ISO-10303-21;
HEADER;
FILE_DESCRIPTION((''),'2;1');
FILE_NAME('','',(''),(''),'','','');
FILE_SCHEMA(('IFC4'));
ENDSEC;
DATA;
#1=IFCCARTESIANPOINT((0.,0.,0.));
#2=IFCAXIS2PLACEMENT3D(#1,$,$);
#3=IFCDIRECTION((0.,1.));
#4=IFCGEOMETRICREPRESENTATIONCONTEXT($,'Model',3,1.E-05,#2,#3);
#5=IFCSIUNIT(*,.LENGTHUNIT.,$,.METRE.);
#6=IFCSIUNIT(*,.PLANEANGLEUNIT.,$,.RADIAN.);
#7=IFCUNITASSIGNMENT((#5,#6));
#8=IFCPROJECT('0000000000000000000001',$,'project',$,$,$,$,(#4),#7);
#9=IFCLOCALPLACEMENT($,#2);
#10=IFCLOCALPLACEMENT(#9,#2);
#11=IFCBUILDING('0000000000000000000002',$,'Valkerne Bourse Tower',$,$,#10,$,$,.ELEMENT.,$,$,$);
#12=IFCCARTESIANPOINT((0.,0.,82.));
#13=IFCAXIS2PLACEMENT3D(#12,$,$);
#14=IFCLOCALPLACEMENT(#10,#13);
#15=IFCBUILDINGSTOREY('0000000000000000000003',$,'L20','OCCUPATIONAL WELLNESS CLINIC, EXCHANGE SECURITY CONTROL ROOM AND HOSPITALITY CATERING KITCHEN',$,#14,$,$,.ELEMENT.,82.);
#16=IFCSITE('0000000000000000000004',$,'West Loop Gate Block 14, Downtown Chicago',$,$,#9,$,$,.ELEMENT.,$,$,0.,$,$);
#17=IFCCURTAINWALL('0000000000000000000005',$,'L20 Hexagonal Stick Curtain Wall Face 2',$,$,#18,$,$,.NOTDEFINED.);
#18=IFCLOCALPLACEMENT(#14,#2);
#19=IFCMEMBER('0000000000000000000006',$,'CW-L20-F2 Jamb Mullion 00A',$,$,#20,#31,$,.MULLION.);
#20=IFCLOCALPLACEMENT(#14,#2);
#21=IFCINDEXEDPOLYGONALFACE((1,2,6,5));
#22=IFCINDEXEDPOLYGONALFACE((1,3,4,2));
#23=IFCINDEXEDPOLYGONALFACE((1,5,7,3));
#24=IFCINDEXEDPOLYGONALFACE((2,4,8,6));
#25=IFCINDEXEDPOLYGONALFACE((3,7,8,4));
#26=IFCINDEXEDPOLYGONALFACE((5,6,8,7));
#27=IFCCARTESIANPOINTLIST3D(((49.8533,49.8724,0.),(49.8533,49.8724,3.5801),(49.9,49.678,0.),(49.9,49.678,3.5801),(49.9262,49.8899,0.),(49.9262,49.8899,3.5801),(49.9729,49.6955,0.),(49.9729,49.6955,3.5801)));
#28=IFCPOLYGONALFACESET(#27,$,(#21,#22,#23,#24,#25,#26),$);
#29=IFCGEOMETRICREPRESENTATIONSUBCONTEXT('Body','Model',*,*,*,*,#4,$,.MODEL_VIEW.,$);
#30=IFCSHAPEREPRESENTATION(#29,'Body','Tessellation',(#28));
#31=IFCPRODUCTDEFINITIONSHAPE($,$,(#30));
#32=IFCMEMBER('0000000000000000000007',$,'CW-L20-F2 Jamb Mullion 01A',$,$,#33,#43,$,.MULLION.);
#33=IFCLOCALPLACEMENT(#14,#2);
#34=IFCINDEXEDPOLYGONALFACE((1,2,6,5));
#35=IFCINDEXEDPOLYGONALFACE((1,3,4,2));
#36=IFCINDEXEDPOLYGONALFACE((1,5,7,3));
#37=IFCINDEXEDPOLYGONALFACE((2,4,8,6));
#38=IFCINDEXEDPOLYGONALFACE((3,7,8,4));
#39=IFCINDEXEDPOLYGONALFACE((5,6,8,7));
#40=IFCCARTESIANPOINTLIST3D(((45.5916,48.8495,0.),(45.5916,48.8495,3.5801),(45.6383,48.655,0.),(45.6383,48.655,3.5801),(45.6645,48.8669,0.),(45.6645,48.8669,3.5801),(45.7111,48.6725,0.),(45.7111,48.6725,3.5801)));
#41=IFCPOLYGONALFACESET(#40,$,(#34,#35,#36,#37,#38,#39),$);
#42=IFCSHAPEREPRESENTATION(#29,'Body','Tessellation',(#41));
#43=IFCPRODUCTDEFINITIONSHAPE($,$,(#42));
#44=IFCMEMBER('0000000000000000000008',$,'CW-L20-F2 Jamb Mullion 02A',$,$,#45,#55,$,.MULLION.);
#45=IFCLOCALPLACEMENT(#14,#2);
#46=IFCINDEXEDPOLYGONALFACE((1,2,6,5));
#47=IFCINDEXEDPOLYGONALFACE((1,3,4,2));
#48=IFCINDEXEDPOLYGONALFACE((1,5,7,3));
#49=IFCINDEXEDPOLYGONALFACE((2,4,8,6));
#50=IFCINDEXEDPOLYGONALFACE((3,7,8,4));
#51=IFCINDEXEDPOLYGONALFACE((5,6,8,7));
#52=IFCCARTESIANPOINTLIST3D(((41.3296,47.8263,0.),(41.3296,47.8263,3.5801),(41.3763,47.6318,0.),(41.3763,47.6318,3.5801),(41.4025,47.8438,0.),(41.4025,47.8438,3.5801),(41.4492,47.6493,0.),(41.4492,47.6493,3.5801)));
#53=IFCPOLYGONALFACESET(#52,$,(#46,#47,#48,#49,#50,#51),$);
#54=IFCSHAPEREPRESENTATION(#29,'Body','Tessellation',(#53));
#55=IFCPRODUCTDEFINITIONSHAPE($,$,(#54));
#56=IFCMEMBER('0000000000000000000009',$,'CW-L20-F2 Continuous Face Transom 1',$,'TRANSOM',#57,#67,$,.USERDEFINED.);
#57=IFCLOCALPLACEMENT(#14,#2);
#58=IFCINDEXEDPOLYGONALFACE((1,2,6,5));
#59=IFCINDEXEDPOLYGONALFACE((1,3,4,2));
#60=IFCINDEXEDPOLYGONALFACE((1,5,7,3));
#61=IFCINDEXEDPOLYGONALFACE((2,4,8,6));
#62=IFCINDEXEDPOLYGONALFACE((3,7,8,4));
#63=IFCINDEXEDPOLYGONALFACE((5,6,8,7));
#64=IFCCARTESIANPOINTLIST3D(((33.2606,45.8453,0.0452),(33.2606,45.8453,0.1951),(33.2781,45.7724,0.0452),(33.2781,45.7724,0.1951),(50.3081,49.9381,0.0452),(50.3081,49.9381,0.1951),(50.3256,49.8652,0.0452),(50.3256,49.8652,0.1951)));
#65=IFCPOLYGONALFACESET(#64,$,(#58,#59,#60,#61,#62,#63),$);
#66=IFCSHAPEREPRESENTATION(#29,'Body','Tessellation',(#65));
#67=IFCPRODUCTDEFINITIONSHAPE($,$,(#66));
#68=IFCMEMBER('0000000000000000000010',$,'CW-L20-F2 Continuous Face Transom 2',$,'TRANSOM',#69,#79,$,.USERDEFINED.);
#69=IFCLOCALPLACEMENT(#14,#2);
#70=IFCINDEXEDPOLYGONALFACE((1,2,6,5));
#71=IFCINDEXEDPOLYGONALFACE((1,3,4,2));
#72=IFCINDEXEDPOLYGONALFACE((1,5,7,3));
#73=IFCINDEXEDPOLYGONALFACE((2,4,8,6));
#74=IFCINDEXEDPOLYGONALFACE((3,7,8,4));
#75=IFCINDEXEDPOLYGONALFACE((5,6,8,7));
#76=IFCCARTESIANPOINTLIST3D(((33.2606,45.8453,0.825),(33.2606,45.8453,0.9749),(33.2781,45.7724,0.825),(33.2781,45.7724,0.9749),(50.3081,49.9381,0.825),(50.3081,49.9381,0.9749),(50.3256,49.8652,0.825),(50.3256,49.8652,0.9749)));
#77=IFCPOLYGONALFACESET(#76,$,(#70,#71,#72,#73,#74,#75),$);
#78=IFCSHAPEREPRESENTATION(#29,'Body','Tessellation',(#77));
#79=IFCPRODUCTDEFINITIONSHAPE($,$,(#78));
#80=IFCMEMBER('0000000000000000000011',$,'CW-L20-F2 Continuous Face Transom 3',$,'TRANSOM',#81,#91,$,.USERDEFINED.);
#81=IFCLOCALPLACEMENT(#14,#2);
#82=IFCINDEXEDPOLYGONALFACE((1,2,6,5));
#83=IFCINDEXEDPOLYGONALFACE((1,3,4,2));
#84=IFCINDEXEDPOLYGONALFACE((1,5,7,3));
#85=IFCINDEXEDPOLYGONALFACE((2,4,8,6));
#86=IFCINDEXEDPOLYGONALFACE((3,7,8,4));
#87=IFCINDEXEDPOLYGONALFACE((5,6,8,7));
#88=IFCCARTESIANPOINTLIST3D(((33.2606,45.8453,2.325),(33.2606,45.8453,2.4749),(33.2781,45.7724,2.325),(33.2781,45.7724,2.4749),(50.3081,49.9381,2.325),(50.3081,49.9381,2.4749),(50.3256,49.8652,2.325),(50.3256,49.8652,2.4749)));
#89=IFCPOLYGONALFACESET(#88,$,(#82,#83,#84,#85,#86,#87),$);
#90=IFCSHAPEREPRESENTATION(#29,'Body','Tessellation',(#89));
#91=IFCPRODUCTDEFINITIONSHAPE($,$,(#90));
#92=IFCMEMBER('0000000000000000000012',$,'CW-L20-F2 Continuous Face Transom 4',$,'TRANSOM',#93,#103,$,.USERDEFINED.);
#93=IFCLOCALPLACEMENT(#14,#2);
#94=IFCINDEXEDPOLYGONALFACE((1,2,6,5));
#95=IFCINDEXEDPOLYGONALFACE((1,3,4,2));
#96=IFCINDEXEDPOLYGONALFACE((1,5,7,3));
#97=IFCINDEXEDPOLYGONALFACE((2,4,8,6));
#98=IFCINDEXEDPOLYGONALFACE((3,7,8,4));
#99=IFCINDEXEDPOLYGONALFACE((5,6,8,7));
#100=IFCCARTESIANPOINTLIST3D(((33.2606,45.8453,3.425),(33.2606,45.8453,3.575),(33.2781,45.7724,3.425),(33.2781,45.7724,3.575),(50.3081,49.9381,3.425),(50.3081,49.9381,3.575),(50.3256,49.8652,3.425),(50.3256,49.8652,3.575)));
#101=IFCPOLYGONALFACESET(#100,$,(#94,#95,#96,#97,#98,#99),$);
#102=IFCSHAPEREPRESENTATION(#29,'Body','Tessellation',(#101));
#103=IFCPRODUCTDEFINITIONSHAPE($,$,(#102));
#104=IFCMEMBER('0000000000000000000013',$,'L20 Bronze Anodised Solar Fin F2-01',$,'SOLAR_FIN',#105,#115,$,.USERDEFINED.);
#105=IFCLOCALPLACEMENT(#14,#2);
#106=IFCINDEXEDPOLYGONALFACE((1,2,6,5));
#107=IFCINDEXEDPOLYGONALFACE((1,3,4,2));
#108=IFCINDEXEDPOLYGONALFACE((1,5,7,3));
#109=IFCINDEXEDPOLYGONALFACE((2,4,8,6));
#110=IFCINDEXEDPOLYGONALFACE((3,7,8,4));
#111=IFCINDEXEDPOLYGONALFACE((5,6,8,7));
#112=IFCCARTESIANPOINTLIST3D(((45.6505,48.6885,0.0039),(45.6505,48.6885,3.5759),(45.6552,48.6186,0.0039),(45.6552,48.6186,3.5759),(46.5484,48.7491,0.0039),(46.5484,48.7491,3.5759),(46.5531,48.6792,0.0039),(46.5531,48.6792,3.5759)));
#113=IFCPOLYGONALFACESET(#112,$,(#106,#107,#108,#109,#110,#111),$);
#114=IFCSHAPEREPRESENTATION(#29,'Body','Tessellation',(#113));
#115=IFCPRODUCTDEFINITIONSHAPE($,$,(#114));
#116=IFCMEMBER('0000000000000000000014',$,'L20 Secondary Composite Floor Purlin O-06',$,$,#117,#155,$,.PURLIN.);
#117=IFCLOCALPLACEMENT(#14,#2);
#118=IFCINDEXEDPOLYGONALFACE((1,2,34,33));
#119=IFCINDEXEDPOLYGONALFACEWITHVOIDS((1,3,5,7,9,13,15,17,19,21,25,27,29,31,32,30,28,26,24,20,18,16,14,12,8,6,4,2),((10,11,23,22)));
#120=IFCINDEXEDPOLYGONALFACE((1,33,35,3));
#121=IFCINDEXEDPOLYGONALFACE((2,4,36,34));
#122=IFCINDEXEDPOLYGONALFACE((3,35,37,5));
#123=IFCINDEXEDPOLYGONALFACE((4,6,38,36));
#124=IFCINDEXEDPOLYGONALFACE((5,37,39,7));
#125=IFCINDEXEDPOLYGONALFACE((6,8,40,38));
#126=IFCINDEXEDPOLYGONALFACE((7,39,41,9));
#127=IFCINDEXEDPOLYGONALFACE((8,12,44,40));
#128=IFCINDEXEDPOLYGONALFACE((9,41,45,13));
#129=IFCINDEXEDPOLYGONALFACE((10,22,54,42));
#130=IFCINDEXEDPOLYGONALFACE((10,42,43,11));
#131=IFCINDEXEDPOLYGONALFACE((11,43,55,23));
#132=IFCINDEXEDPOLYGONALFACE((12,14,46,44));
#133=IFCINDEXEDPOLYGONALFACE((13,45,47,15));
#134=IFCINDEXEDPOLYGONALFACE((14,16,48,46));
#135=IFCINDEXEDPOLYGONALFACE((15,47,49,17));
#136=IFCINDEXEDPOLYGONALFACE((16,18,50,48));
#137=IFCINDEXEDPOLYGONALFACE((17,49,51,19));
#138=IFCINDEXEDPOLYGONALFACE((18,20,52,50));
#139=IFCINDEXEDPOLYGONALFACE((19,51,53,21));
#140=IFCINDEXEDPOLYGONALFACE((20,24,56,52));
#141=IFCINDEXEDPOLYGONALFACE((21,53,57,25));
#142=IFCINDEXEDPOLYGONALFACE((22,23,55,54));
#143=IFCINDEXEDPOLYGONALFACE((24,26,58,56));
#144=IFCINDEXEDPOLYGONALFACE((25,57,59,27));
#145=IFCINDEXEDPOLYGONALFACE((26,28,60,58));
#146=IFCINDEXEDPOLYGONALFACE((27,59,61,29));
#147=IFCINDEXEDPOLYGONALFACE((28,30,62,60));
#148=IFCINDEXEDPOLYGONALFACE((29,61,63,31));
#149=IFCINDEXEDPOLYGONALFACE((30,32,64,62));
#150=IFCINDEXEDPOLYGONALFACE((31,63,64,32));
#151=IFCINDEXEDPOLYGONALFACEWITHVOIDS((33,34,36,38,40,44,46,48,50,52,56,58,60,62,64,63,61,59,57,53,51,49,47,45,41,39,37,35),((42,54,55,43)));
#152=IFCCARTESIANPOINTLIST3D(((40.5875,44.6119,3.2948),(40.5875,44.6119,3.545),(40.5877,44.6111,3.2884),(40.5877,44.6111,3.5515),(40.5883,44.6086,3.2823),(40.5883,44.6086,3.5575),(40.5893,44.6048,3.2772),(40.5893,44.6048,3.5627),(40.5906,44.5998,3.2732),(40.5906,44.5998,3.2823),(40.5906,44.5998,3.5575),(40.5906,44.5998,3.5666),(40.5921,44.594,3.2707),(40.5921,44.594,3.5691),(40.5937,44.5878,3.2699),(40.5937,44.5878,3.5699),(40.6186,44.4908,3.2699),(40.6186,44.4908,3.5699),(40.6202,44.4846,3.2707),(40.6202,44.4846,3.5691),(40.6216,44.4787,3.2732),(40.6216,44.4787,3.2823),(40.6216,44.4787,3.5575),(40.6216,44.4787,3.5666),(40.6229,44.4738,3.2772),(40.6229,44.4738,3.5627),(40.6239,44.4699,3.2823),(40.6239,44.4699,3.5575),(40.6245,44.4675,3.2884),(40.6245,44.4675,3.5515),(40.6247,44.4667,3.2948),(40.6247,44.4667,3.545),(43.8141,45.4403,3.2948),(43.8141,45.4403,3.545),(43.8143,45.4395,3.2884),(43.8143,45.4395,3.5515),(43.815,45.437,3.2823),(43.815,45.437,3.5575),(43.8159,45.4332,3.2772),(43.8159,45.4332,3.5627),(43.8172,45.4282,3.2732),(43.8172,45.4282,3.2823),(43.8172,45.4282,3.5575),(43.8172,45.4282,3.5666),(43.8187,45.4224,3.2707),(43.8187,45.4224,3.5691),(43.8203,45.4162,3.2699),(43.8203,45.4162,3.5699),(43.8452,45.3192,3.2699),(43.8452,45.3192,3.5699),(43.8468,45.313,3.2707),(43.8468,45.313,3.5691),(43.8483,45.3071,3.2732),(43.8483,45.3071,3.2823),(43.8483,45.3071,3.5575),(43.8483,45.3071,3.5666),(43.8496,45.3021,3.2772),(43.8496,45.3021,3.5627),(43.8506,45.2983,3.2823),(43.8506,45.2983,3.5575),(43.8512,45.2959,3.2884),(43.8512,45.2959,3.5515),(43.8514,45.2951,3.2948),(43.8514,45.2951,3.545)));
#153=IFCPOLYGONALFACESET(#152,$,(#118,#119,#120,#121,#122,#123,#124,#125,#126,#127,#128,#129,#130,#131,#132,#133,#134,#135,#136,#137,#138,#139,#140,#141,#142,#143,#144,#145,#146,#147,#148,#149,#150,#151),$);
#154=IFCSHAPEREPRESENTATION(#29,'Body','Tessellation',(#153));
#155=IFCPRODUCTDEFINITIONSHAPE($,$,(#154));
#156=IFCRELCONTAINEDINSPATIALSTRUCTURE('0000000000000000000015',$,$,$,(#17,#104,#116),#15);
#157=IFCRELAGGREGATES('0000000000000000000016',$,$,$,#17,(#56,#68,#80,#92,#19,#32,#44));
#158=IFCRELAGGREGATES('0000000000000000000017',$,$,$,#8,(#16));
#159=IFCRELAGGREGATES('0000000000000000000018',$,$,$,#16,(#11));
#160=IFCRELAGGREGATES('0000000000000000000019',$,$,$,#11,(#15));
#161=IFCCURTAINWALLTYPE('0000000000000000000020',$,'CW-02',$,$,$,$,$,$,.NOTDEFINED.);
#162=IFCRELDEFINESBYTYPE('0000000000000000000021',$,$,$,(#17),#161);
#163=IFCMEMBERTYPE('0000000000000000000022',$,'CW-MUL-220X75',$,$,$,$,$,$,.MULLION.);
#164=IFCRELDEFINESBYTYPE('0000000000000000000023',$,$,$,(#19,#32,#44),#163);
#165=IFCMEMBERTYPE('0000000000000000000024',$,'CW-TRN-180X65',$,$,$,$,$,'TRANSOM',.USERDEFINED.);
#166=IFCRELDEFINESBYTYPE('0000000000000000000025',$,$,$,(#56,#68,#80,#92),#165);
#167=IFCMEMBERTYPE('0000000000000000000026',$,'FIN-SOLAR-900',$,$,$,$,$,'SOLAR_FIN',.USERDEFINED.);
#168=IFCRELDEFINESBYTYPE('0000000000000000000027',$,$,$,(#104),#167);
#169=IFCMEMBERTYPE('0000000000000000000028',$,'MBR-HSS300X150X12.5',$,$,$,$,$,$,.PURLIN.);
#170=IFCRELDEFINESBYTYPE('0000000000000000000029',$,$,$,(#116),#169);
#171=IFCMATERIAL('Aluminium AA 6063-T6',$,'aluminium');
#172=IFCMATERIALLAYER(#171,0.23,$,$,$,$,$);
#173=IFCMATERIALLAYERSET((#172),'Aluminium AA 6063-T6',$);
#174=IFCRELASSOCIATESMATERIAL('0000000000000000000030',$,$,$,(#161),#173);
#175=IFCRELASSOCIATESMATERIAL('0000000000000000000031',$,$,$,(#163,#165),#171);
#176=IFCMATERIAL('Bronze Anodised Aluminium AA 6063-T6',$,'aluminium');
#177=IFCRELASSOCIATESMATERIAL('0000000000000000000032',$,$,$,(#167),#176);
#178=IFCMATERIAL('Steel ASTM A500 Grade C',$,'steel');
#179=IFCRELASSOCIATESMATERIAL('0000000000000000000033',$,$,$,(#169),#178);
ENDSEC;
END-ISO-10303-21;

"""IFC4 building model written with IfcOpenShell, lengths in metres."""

from ifc_helpers import new_model, si_unit, direction, frame, origin, origin_2d, place, context, subcontext, project, spatial, rectangle, hollow_rectangle, extrude, material, layer, layer_set, material_profile, profile_set, type_object, element, aggregate, save


model = new_model("IFC4")

# Units and contexts
model_context = context("Model", 3, precision=1e-05, world=origin(), true_north=direction((0.0, 1.0)))
body_context = subcontext(model_context, "Body", "Model", "MODEL_VIEW")
ifc_project = project(units=[si_unit("LENGTHUNIT", "METRE"), si_unit("PLANEANGLEUNIT", "RADIAN")], contexts=[model_context])

# Site, building, storey
site_placement = place(None, origin())
site = spatial("IfcSite", under=ifc_project, at=site_placement, Name="West Loop Gate Block 14, Downtown Chicago", CompositionType="ELEMENT", RefElevation=0.0)
building_placement = place(site_placement, origin())
building = spatial("IfcBuilding", under=site, at=building_placement, Name="Valkerne Bourse Tower", CompositionType="ELEMENT")
storey_placement = place(building_placement, frame((0.0, 0.0, 82.0)))
storey = spatial("IfcBuildingStorey", under=building, at=storey_placement, Name="L20", Description="OCCUPATIONAL WELLNESS CLINIC, EXCHANGE SECURITY CONTROL ROOM AND HOSPITALITY CATERING KITCHEN", CompositionType="ELEMENT", Elevation=82.0)

# Curtain wall, members
ifc_material_1 = material(Name="Aluminium AA 6063-T6", Category="aluminium")
ifc_layer_1 = layer(ifc_material_1, 0.23)
ifc_layer_set_1 = layer_set([ifc_layer_1], Name="Aluminium AA 6063-T6")
curtain_wall_type = type_object("IfcCurtainWallType", Name="CW-02", PredefinedType="NOTDEFINED", material=ifc_layer_set_1)
curtain_wall_placement = place(storey_placement, origin())
curtain_wall = element("IfcCurtainWall", 1, at=curtain_wall_placement, inside=storey, type_object=curtain_wall_type, Name="L20 Hexagonal Stick Curtain Wall Face 2", PredefinedType="NOTDEFINED")
ifc_material_profile_1 = material_profile(ifc_material_1, rectangle(XDim=0.075, YDim=0.2, at=origin_2d()), Name="CWM-75X200")
ifc_profile_set_1 = profile_set([ifc_material_profile_1], Name="Aluminium AA 6063-T6")
member_type_1 = type_object("IfcMemberType", Name="CW-MUL-220X75", PredefinedType="MULLION", material=ifc_profile_set_1)
member_1_placement = place(storey_placement, frame((49.9131, 49.7839, 0.0), z_axis=(0.0, 0.0, 1.0), x_axis=(-0.972375, -0.233426, 0.0)))
member_1 = element("IfcMember", 2, at=member_1_placement, type_object=member_type_1, Name="CW-L20-F2 Jamb Mullion 00A", PredefinedType="MULLION", context=body_context, shape_type="SweptSolid", body=[
    extrude(rectangle(XDim=0.075, YDim=0.2, at=origin_2d()), origin(), (0.0, 0.0, 1.0), 3.5801),
])
member_2_placement = place(storey_placement, frame((45.6514, 48.761, 0.0), z_axis=(0.0, 0.0, 1.0), x_axis=(-0.972369, -0.233447, 0.0)))
member_2 = element("IfcMember", 3, at=member_2_placement, type_object=member_type_1, Name="CW-L20-F2 Jamb Mullion 01A", PredefinedType="MULLION", context=body_context, shape_type="SweptSolid", body=[
    extrude(rectangle(XDim=0.075, YDim=0.2, at=origin_2d()), origin(), (0.0, 0.0, 1.0), 3.5801),
])
member_3_placement = place(storey_placement, frame((41.3894, 47.7378, 0.0), z_axis=(0.0, 0.0, 1.0), x_axis=(-0.972369, -0.233447, 0.0)))
member_3 = element("IfcMember", 4, at=member_3_placement, type_object=member_type_1, Name="CW-L20-F2 Jamb Mullion 02A", PredefinedType="MULLION", context=body_context, shape_type="SweptSolid", body=[
    extrude(rectangle(XDim=0.075, YDim=0.2, at=origin_2d()), origin(), (0.0, 0.0, 1.0), 3.5801),
])
ifc_material_profile_2 = material_profile(ifc_material_1, rectangle(XDim=0.075, YDim=0.1499, at=origin_2d()), Name="CWT-75X150")
ifc_profile_set_2 = profile_set([ifc_material_profile_2], Name="Aluminium AA 6063-T6")
member_type_2 = type_object("IfcMemberType", Name="CW-TRN-180X65", ElementType="TRANSOM", PredefinedType="USERDEFINED", material=ifc_profile_set_2)
member_4_placement = place(storey_placement, frame((50.3169, 49.9016, 0.1201), z_axis=(-0.97237, -0.233446, 0.0), x_axis=(0.233446, -0.97237, 0.0)))
member_4 = element("IfcMember", 5, at=member_4_placement, type_object=member_type_2, Name="CW-L20-F2 Continuous Face Transom 1", ObjectType="TRANSOM", PredefinedType="USERDEFINED", context=body_context, shape_type="SweptSolid", body=[
    extrude(rectangle(XDim=0.075, YDim=0.1499, at=origin_2d()), origin(), (0.0, 0.0, 1.0), 17.532),
])
member_5_placement = place(storey_placement, frame((50.3169, 49.9016, 0.8999), z_axis=(-0.97237, -0.233446, 0.0), x_axis=(0.233446, -0.97237, 0.0)))
member_5 = element("IfcMember", 6, at=member_5_placement, type_object=member_type_2, Name="CW-L20-F2 Continuous Face Transom 2", ObjectType="TRANSOM", PredefinedType="USERDEFINED", context=body_context, shape_type="SweptSolid", body=[
    extrude(rectangle(XDim=0.075, YDim=0.1499, at=origin_2d()), origin(), (0.0, 0.0, 1.0), 17.532),
])
member_6_placement = place(storey_placement, frame((50.3169, 49.9016, 2.3999), z_axis=(-0.97237, -0.233446, 0.0), x_axis=(0.233446, -0.97237, 0.0)))
member_6 = element("IfcMember", 7, at=member_6_placement, type_object=member_type_2, Name="CW-L20-F2 Continuous Face Transom 3", ObjectType="TRANSOM", PredefinedType="USERDEFINED", context=body_context, shape_type="SweptSolid", body=[
    extrude(rectangle(XDim=0.075, YDim=0.1499, at=origin_2d()), origin(), (0.0, 0.0, 1.0), 17.532),
])
member_7_placement = place(storey_placement, frame((50.3169, 49.9016, 3.5), z_axis=(-0.97237, -0.233446, 0.0), x_axis=(0.233446, -0.97237, 0.0)))
member_7 = element("IfcMember", 8, at=member_7_placement, type_object=member_type_2, Name="CW-L20-F2 Continuous Face Transom 4", ObjectType="TRANSOM", PredefinedType="USERDEFINED", context=body_context, shape_type="SweptSolid", body=[
    extrude(rectangle(XDim=0.075, YDim=0.1499, at=origin_2d()), origin(), (0.0, 0.0, 1.0), 17.532),
])

# Members
ifc_material_2 = material(Name="Bronze Anodised Aluminium AA 6063-T6", Category="aluminium")
ifc_material_profile_3 = material_profile(ifc_material_2, rectangle(XDim=0.0701, YDim=0.8999, at=origin_2d()), Name="FIN-70X900")
ifc_profile_set_3 = profile_set([ifc_material_profile_3], Name="Bronze Anodised Aluminium AA 6063-T6")
member_type_3 = type_object("IfcMemberType", Name="FIN-SOLAR-900", ElementType="SOLAR_FIN", PredefinedType="USERDEFINED", material=ifc_profile_set_3)
member_8_placement = place(storey_placement, frame((46.1018, 48.6838, 0.0039), z_axis=(0.0, 0.0, 1.0), x_axis=(-0.067373, 0.997728, 0.0)))
element("IfcMember", 9, at=member_8_placement, inside=storey, type_object=member_type_3, Name="L20 Bronze Anodised Solar Fin F2-01", ObjectType="SOLAR_FIN", PredefinedType="USERDEFINED", context=body_context, shape_type="SweptSolid", body=[
    extrude(rectangle(XDim=0.0701, YDim=0.8999, at=origin_2d()), origin(), (0.0, 0.0, 1.0), 3.572),
])
ifc_material_3 = material(Name="Steel ASTM A500 Grade C", Category="steel")
ifc_material_profile_4 = material_profile(ifc_material_3, hollow_rectangle(XDim=0.1499, YDim=0.3, WallThickness=0.0125, OuterFilletRadius=0.0249, at=origin_2d()), Name="HSS300X150X12.5")
ifc_profile_set_4 = profile_set([ifc_material_profile_4], Name="Steel ASTM A500 Grade C")
member_type_4 = type_object("IfcMemberType", Name="MBR-HSS300X150X12.5", PredefinedType="PURLIN", material=ifc_profile_set_4)
member_9_placement = place(storey_placement, frame((43.8328, 45.3677, 3.4199), z_axis=(-0.968588, -0.24867, 0.0), x_axis=(0.24867, -0.968588, 0.0)))
element("IfcMember", 10, at=member_9_placement, inside=storey, type_object=member_type_4, Name="L20 Secondary Composite Floor Purlin O-06", PredefinedType="PURLIN", context=body_context, shape_type="SweptSolid", body=[
    extrude(hollow_rectangle(XDim=0.1499, YDim=0.3, WallThickness=0.0125, OuterFilletRadius=0.0249, at=origin_2d()), origin(), (0.0, 0.0, 1.0), 3.3313),
])

aggregate(curtain_wall, [member_4, member_5, member_6, member_7, member_1, member_2, member_3])

save(model, "model.ifc")
